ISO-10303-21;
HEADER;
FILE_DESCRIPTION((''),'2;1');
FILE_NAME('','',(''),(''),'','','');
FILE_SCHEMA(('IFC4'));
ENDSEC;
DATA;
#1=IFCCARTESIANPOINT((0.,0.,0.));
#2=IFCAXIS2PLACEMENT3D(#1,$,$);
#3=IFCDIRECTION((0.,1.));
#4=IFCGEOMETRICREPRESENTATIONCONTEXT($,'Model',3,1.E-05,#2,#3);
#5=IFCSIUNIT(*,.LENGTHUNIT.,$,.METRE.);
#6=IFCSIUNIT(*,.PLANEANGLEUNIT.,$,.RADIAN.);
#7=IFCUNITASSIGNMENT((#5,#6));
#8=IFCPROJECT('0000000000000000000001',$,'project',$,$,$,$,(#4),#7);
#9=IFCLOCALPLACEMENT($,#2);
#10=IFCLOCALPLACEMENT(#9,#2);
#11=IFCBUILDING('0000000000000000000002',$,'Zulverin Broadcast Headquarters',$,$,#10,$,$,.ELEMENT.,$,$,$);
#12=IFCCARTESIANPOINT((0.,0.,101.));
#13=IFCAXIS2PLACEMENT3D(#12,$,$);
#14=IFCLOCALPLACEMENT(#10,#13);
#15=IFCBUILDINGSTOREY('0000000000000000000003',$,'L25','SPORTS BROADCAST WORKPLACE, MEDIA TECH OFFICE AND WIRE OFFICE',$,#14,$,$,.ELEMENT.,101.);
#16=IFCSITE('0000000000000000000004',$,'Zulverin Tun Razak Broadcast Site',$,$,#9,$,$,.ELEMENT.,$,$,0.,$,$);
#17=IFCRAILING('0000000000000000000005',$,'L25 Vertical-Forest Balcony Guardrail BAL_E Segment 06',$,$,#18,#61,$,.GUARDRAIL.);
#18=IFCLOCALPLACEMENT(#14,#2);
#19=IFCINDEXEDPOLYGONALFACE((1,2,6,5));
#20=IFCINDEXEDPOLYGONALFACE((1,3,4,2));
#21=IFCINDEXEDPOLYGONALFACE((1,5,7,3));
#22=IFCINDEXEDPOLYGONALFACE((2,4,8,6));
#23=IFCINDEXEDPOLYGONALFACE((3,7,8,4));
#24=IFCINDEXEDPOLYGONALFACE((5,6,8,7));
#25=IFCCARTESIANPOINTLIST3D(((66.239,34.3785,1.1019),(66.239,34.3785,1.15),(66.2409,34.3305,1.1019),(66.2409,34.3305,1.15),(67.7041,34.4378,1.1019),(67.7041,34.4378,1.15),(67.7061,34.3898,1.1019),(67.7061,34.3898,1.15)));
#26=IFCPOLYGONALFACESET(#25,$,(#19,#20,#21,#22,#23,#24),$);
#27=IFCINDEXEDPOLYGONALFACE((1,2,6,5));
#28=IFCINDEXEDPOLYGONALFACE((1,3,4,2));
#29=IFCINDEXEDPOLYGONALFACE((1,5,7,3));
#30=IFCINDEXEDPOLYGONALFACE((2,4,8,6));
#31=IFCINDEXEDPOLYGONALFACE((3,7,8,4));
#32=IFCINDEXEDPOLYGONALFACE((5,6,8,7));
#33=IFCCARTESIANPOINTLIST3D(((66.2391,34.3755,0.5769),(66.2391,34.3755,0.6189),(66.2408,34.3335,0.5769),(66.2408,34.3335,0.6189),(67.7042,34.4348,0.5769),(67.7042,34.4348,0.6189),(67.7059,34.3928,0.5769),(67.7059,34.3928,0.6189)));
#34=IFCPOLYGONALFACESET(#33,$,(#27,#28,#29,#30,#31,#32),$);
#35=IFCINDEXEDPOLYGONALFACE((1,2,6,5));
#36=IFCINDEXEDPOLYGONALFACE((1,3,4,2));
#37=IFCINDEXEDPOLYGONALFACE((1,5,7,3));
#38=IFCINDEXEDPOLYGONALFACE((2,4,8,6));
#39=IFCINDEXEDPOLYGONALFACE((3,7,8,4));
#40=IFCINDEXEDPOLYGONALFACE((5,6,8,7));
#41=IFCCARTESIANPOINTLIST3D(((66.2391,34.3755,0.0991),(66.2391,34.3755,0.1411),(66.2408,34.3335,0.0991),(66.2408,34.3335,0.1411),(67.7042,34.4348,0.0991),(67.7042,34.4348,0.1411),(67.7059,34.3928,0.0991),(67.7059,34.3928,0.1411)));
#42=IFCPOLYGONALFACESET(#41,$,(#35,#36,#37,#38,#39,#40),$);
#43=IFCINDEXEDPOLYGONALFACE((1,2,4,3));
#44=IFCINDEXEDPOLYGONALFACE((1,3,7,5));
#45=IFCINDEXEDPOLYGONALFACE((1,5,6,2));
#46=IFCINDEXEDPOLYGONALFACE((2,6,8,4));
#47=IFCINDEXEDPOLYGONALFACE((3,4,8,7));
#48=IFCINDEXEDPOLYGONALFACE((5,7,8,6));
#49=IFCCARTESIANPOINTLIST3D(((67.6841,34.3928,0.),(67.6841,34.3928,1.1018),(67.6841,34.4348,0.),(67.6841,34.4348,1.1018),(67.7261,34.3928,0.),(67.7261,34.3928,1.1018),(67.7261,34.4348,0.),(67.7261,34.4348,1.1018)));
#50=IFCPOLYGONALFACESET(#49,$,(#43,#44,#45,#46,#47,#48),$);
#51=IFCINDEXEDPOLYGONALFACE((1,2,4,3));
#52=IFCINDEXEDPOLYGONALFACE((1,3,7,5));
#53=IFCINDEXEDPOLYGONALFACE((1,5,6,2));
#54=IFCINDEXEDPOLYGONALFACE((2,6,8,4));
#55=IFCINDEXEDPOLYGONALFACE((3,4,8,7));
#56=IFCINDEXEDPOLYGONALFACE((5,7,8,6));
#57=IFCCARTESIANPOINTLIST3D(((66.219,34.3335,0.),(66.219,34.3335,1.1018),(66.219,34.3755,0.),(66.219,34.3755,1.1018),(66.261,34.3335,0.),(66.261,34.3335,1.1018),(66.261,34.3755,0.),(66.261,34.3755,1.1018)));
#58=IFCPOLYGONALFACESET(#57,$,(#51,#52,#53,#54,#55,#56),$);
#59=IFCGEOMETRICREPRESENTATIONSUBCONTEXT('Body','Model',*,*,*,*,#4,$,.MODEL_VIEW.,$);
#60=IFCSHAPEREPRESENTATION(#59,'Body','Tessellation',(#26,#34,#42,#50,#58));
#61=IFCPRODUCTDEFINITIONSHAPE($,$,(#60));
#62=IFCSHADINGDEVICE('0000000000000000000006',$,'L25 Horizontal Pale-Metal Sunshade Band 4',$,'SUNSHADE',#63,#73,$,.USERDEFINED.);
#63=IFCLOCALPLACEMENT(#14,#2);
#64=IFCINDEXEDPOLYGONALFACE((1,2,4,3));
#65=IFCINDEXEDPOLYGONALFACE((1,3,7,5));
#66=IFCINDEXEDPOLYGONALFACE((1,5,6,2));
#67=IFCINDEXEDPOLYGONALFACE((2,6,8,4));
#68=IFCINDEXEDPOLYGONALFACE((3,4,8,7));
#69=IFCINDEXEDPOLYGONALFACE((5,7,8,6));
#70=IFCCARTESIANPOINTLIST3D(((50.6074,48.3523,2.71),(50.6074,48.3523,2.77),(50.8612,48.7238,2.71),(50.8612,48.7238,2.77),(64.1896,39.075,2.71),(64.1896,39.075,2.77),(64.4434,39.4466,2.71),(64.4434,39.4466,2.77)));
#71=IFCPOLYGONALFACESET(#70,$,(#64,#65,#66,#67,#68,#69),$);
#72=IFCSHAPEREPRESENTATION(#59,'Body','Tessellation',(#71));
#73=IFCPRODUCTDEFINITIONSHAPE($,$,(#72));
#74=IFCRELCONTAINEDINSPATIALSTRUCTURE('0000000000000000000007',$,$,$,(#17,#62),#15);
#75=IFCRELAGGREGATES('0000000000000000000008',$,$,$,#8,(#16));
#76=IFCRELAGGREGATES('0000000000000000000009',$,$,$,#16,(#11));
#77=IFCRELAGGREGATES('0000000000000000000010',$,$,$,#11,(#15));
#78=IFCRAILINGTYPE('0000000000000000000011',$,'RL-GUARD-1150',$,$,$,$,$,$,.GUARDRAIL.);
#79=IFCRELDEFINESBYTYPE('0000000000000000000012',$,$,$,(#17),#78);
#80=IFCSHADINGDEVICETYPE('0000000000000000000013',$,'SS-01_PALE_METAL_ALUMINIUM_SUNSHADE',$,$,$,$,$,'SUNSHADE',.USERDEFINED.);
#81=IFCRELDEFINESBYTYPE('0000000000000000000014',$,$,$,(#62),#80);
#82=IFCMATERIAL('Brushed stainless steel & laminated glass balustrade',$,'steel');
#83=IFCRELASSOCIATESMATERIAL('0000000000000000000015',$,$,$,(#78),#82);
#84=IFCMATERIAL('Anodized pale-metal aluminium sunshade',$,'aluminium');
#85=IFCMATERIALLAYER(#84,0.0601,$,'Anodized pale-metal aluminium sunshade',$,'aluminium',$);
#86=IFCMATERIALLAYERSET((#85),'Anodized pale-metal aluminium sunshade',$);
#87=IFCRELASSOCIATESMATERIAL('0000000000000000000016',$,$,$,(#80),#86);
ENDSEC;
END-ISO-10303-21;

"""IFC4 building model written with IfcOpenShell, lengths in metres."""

from ifc_helpers import new_model, si_unit, direction, frame, origin, origin_2d, place, context, subcontext, project, spatial, rectangle, extrude, material, layer, layer_set, type_object, element, save


model = new_model("IFC4")

# Units and contexts
model_context = context("Model", 3, precision=1e-05, world=origin(), true_north=direction((0.0, 1.0)))
body_context = subcontext(model_context, "Body", "Model", "MODEL_VIEW")
ifc_project = project(units=[si_unit("LENGTHUNIT", "METRE"), si_unit("PLANEANGLEUNIT", "RADIAN")], contexts=[model_context])

# Site, building, storey
site_placement = place(None, origin())
site = spatial("IfcSite", under=ifc_project, at=site_placement, Name="Zulverin Tun Razak Broadcast Site", CompositionType="ELEMENT", RefElevation=0.0)
building_placement = place(site_placement, origin())
building = spatial("IfcBuilding", under=site, at=building_placement, Name="Zulverin Broadcast Headquarters", CompositionType="ELEMENT")
storey_placement = place(building_placement, frame((0.0, 0.0, 101.0)))
storey = spatial("IfcBuildingStorey", under=building, at=storey_placement, Name="L25", Description="SPORTS BROADCAST WORKPLACE, MEDIA TECH OFFICE AND WIRE OFFICE", CompositionType="ELEMENT", Elevation=101.0)

# Railing
ifc_material_1 = material(Name="Brushed stainless steel & laminated glass balustrade", Category="steel")
railing_type = type_object("IfcRailingType", Name="RL-GUARD-1150", PredefinedType="GUARDRAIL", material=ifc_material_1)
railing_1_placement = place(storey_placement, frame((67.7051, 34.4138, 0.0)))
element("IfcRailing", 1, at=railing_1_placement, inside=storey, type_object=railing_type, Name="L25 Vertical-Forest Balcony Guardrail BAL_E Segment 06", PredefinedType="GUARDRAIL", context=body_context, shape_type="SweptSolid", body=[
    extrude(rectangle(XDim=0.0481, YDim=0.0481, at=origin_2d()), frame((0.0, 0.0, 1.126), z_axis=(-0.999181, -0.04046, 0.0), x_axis=(0.04046, -0.999181, 0.0)), (0.0, 0.0, 1.0), 1.4663),
    extrude(rectangle(XDim=0.042, YDim=0.042, at=origin_2d()), frame((0.0, 0.0, 0.5979), z_axis=(-0.999181, -0.04046, 0.0), x_axis=(0.04046, -0.999181, 0.0)), (0.0, 0.0, 1.0), 1.4663),
    extrude(rectangle(XDim=0.042, YDim=0.042, at=origin_2d()), frame((0.0, 0.0, 0.1201), z_axis=(-0.999181, -0.04046, 0.0), x_axis=(0.04046, -0.999181, 0.0)), (0.0, 0.0, 1.0), 1.4663),
    extrude(rectangle(XDim=0.042, YDim=0.042, at=origin_2d()), origin(), (0.0, 0.0, 1.0), 1.1018),
    extrude(rectangle(XDim=0.042, YDim=0.042, at=origin_2d()), frame((-1.4651, -0.0593, 0.0)), (0.0, 0.0, 1.0), 1.1018),
])

# Shading device
ifc_material_2 = material(Name="Anodized pale-metal aluminium sunshade", Category="aluminium")
ifc_layer_1 = layer(ifc_material_2, 0.0601, Name="Anodized pale-metal aluminium sunshade", Category="aluminium")
ifc_layer_set_1 = layer_set([ifc_layer_1], Name="Anodized pale-metal aluminium sunshade")
shading_device_type = type_object("IfcShadingDeviceType", Name="SS-01_PALE_METAL_ALUMINIUM_SUNSHADE", ElementType="SUNSHADE", PredefinedType="USERDEFINED", material=ifc_layer_set_1)
shading_device_placement = place(storey_placement, frame((57.5254, 43.8994, 2.71), z_axis=(0.0, 0.0, 1.0), x_axis=(-0.825757, 0.564026, 0.0)))
element("IfcShadingDevice", 2, at=shading_device_placement, inside=storey, type_object=shading_device_type, Name="L25 Horizontal Pale-Metal Sunshade Band 4", ObjectType="SUNSHADE", PredefinedType="USERDEFINED", context=body_context, shape_type="SweptSolid", body=[
    extrude(rectangle(XDim=16.4482, YDim=0.45, at=origin_2d()), origin(), (0.0, 0.0, 1.0), 0.0601),
])

save(model, "model.ifc")
